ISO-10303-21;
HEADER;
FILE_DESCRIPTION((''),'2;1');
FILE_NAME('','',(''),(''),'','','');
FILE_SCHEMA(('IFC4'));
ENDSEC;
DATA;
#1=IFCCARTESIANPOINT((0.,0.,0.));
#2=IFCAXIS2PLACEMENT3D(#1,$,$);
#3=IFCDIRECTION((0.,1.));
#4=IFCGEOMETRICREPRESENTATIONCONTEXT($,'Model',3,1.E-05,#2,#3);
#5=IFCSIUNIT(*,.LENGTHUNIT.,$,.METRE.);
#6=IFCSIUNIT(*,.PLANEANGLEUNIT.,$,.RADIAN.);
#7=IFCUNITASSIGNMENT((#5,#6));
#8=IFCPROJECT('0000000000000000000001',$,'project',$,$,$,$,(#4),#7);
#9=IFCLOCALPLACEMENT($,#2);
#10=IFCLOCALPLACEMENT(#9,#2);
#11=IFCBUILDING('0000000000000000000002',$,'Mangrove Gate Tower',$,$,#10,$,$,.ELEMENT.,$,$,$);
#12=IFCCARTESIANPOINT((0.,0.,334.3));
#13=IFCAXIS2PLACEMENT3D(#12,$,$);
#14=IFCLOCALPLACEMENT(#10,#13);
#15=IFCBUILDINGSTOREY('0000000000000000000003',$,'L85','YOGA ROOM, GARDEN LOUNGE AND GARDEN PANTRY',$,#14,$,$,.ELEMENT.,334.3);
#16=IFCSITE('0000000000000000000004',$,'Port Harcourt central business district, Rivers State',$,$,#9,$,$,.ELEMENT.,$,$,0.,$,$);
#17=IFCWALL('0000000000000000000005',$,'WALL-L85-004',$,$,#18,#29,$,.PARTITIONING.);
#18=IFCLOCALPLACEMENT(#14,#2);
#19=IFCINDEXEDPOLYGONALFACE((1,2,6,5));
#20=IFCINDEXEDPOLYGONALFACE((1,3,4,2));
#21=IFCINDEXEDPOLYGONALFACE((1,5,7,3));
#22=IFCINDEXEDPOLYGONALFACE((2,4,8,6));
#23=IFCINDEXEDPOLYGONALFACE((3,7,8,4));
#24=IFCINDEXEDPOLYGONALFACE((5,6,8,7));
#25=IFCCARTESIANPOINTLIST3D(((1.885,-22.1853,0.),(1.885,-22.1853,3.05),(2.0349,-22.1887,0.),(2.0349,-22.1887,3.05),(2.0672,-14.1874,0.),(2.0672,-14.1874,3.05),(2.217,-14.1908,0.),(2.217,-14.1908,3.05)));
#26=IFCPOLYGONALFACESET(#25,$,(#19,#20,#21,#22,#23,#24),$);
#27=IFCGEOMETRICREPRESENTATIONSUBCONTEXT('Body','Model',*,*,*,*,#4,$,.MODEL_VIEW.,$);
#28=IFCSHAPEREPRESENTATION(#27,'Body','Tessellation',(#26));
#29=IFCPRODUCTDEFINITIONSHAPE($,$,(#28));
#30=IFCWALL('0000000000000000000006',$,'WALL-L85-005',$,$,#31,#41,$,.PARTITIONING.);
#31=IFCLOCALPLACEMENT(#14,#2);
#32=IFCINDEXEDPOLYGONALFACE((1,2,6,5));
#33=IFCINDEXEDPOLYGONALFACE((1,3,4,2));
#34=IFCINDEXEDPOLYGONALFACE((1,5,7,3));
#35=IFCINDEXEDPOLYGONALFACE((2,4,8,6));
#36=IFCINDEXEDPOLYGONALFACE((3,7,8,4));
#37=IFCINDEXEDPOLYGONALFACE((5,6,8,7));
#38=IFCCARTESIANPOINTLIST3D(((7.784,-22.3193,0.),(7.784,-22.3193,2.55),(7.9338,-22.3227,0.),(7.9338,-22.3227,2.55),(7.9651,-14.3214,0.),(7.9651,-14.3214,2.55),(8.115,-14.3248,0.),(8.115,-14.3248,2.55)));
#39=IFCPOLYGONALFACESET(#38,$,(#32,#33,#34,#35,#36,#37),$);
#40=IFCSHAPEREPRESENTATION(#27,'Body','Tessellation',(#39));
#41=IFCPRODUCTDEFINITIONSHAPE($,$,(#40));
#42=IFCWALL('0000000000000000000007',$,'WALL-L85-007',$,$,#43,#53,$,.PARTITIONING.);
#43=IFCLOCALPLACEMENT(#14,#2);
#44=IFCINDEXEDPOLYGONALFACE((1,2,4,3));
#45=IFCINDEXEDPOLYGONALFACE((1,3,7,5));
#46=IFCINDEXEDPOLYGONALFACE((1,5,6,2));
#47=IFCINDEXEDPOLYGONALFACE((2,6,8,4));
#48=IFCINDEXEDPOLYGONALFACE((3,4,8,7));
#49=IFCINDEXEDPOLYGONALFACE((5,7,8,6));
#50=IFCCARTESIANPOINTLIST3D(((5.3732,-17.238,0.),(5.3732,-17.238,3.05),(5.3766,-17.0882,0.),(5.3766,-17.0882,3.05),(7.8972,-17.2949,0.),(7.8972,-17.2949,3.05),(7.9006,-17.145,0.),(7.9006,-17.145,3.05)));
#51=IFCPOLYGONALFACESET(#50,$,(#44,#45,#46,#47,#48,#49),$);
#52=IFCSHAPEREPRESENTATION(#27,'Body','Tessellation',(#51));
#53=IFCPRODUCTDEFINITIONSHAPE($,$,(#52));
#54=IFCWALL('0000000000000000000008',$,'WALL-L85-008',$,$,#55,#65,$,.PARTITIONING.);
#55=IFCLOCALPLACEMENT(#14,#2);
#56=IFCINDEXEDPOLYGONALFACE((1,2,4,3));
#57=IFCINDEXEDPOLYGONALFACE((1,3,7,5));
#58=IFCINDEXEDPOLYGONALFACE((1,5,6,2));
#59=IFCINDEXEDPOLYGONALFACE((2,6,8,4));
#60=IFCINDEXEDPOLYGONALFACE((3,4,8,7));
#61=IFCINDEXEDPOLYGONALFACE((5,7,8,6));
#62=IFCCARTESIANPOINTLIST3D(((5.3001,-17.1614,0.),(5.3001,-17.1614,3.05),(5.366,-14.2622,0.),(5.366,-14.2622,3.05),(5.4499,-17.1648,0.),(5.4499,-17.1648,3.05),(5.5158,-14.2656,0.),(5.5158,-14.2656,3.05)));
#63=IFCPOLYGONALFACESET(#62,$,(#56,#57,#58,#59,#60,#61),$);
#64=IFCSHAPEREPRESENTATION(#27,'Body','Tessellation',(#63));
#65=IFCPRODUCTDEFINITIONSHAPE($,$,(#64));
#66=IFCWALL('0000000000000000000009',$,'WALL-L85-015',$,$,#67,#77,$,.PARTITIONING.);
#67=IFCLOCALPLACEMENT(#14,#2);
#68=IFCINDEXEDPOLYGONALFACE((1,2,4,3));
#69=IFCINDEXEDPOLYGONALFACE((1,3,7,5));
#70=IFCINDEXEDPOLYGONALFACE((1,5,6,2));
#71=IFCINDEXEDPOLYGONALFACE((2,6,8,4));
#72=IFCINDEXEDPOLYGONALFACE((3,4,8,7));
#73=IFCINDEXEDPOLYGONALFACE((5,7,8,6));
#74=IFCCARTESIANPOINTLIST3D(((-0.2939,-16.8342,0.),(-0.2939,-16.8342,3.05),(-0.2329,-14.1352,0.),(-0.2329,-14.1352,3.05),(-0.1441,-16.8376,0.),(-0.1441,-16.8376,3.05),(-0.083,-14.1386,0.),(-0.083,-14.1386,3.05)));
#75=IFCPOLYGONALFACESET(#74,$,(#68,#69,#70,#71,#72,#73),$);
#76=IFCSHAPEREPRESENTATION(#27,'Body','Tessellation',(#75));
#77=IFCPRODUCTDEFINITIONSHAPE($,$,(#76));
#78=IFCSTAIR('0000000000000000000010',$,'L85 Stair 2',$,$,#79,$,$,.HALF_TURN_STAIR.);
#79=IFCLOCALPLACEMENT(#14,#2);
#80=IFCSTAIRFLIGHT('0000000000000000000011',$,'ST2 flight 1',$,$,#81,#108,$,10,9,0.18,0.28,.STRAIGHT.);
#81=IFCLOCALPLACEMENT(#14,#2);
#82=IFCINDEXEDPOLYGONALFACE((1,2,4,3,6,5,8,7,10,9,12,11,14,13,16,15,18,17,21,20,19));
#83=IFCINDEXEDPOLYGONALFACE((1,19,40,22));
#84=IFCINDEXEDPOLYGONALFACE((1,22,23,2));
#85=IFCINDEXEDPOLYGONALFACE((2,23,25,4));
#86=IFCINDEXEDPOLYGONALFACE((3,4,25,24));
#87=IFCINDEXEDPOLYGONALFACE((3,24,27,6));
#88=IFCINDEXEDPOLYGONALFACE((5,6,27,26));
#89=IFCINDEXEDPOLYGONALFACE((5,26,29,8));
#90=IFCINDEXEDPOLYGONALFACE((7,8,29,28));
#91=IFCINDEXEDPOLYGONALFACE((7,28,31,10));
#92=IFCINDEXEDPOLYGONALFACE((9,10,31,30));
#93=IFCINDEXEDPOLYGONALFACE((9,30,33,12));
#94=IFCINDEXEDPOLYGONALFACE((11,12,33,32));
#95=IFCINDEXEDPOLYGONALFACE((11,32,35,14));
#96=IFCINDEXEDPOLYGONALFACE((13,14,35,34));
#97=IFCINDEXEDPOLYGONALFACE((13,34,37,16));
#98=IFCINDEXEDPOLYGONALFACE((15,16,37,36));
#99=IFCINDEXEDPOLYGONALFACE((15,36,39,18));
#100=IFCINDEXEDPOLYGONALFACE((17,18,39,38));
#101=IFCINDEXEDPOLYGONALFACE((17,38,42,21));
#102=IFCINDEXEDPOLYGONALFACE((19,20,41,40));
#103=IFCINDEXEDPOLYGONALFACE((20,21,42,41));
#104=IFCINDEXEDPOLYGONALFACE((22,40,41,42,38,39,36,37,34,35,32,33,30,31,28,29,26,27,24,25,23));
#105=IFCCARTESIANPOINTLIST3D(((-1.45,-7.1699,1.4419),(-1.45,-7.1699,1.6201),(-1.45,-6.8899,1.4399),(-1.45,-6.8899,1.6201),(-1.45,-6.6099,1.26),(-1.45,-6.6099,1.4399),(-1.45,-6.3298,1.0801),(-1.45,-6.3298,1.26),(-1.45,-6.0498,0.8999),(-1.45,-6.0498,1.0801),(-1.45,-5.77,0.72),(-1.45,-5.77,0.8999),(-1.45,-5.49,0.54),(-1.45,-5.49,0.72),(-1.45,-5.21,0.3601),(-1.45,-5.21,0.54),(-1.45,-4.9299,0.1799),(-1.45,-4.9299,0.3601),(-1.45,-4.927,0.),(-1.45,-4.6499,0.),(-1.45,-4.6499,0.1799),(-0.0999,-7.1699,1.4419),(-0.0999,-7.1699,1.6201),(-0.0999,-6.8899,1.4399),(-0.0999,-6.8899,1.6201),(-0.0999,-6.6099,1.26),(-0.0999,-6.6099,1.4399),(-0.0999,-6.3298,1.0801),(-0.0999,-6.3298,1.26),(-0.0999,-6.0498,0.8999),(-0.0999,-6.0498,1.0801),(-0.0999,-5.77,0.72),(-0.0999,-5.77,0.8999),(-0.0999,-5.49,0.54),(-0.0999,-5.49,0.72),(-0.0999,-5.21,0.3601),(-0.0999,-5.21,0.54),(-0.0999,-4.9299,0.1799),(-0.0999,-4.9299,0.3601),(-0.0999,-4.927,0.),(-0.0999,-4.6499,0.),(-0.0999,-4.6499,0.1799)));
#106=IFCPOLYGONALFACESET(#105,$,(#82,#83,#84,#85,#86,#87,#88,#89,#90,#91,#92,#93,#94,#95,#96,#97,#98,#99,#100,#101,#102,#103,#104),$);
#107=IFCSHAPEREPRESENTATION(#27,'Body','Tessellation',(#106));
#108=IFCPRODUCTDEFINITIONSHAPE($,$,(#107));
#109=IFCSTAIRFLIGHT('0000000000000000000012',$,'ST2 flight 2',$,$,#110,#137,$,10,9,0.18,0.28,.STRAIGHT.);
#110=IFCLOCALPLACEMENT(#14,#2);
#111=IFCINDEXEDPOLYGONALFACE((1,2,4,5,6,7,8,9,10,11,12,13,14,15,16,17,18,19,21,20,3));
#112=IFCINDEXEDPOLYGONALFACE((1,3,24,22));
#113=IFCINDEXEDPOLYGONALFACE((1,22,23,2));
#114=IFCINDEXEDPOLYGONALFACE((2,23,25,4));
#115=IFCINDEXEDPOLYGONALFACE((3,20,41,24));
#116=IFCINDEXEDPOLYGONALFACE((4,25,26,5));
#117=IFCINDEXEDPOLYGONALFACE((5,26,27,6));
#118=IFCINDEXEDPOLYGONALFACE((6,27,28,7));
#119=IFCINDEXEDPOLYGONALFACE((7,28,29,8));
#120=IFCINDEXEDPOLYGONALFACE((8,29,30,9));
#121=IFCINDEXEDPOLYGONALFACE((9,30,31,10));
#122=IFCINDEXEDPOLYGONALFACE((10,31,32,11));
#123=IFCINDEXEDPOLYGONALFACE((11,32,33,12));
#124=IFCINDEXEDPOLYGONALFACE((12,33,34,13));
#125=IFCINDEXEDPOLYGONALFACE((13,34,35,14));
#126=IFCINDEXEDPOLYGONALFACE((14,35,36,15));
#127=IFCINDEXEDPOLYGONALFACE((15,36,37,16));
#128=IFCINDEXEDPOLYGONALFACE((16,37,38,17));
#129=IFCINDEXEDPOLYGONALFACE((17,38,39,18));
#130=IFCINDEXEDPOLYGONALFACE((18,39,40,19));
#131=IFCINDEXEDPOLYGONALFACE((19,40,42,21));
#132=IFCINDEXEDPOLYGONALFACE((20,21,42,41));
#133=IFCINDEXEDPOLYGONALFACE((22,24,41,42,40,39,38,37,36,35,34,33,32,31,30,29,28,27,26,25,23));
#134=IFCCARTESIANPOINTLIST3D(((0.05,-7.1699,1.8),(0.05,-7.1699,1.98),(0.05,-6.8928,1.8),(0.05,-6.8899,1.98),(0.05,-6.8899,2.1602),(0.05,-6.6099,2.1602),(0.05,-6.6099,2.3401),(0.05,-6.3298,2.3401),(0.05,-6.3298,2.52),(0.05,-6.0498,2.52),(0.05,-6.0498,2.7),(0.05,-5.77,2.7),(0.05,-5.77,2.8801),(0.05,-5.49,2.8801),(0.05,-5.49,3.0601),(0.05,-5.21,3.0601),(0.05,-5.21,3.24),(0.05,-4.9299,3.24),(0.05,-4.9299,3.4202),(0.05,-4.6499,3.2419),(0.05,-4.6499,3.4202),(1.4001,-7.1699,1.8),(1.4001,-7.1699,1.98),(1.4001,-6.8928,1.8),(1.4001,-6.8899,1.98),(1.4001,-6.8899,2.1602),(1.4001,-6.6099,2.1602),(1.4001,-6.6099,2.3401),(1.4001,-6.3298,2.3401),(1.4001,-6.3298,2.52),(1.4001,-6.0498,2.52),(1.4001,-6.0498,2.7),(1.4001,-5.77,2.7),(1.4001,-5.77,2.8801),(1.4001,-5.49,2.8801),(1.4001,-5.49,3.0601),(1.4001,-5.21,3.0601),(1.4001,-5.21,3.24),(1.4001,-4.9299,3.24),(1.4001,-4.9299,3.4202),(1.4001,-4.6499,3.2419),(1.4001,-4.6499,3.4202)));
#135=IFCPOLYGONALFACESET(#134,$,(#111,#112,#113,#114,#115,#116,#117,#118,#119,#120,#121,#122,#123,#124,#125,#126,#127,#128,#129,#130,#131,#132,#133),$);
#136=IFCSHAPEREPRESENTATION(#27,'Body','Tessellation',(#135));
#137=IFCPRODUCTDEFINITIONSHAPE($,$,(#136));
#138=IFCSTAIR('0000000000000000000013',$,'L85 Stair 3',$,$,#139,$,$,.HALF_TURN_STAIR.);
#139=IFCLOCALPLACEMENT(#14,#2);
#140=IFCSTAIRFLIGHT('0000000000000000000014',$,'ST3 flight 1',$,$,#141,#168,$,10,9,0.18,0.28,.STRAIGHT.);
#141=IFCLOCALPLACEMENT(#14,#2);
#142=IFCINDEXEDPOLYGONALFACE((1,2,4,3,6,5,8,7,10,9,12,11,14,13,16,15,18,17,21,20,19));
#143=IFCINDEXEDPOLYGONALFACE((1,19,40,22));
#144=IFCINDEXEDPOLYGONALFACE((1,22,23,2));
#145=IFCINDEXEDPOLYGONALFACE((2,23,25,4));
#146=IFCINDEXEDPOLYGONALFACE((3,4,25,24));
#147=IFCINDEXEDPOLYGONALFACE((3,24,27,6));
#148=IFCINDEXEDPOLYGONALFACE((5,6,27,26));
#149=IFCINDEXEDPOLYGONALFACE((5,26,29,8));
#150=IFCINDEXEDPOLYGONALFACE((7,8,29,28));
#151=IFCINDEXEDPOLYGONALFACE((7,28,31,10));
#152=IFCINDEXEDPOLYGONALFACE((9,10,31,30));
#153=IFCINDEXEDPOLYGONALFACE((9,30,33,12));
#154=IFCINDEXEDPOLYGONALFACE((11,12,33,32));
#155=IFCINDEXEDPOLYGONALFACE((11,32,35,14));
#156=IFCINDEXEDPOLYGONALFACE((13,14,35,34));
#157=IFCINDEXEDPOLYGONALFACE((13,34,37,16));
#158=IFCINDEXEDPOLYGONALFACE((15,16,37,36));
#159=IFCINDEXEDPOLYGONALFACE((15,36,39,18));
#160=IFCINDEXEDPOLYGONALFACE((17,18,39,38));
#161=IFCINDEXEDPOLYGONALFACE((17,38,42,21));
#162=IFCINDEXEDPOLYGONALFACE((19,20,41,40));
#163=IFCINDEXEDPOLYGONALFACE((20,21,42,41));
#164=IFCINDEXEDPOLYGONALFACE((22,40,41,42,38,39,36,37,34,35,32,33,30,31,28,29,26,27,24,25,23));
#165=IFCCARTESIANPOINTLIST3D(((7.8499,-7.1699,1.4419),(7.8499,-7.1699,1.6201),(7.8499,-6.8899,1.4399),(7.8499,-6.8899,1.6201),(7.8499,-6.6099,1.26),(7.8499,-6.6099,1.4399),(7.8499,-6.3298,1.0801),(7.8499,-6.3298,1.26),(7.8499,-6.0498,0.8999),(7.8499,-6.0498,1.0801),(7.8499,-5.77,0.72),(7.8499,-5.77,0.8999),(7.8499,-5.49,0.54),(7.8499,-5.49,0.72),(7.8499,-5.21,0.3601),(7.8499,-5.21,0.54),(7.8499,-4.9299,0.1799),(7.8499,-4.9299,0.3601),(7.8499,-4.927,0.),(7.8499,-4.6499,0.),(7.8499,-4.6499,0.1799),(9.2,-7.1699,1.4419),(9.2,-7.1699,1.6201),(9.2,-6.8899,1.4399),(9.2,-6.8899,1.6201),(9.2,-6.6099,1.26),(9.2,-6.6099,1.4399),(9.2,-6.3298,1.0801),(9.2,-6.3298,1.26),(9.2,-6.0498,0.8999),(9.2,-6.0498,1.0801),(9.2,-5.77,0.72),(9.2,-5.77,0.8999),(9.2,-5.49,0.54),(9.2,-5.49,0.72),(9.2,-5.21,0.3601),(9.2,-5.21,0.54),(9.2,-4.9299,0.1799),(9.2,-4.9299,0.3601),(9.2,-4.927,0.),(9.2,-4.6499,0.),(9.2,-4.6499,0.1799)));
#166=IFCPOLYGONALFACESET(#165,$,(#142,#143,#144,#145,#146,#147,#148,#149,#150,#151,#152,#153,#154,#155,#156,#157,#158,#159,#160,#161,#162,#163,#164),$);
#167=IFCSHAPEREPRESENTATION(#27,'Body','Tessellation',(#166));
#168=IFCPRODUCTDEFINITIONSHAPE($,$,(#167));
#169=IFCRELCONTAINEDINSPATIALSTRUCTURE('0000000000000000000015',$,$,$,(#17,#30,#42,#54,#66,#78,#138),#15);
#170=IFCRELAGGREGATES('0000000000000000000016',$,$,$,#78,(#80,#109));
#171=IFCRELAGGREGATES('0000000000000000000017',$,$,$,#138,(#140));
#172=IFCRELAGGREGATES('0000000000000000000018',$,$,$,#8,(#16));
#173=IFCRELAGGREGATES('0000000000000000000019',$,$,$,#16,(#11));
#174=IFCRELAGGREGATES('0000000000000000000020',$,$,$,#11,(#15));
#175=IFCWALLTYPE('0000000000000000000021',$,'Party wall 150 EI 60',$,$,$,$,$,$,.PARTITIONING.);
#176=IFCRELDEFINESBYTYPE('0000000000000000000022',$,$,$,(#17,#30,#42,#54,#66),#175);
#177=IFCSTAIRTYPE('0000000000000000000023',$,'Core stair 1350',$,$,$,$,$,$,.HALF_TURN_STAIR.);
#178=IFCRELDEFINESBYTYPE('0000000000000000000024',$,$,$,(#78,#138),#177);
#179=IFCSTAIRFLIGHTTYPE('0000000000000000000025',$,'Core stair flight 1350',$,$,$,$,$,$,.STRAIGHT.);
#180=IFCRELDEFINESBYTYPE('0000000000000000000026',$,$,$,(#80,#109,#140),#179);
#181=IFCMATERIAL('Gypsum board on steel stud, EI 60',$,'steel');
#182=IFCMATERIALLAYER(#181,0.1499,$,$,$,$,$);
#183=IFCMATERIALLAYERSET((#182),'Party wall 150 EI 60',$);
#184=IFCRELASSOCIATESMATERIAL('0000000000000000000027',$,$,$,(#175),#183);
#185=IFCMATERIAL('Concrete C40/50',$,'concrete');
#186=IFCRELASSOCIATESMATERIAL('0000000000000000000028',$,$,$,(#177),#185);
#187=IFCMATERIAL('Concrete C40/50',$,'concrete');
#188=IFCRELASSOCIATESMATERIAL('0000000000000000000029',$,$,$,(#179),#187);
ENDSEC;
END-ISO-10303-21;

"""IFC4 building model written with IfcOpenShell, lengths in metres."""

from ifc_helpers import new_model, si_unit, direction, frame, frame_2d, origin, place, context, subcontext, project, spatial, polyline, rectangle, outline, extrude, material, layer, layer_set, type_object, element, aggregate, save


model = new_model("IFC4")

# Units and contexts
model_context = context("Model", 3, precision=1e-05, world=origin(), true_north=direction((0.0, 1.0)))
body_context = subcontext(model_context, "Body", "Model", "MODEL_VIEW")
ifc_project = project(units=[si_unit("LENGTHUNIT", "METRE"), si_unit("PLANEANGLEUNIT", "RADIAN")], contexts=[model_context])

# Site, building, storey
site_placement = place(None, origin())
site = spatial("IfcSite", under=ifc_project, at=site_placement, Name="Port Harcourt central business district, Rivers State", CompositionType="ELEMENT", RefElevation=0.0)
building_placement = place(site_placement, origin())
building = spatial("IfcBuilding", under=site, at=building_placement, Name="Mangrove Gate Tower", CompositionType="ELEMENT")
storey_placement = place(building_placement, frame((0.0, 0.0, 334.3)))
storey = spatial("IfcBuildingStorey", under=building, at=storey_placement, Name="L85", Description="YOGA ROOM, GARDEN LOUNGE AND GARDEN PANTRY", CompositionType="ELEMENT", Elevation=334.3)

# Walls
ifc_material_1 = material(Name="Gypsum board on steel stud, EI 60", Category="steel")
ifc_layer_1 = layer(ifc_material_1, 0.1499)
ifc_layer_set_1 = layer_set([ifc_layer_1], Name="Party wall 150 EI 60")
wall_type_1 = type_object("IfcWallType", Name="Party wall 150 EI 60", PredefinedType="PARTITIONING", material=ifc_layer_set_1)
wall_1_placement = place(storey_placement, frame((1.96, -22.187, 0.0), z_axis=(0.0, 0.0, 1.0), x_axis=(0.022766, 0.999741, 0.0)))
element("IfcWall", 1, at=wall_1_placement, inside=storey, type_object=wall_type_1, Name="WALL-L85-004", PredefinedType="PARTITIONING", context=body_context, shape_type="SweptSolid", body=[
    extrude(rectangle(XDim=8.0, YDim=0.1499, at=frame_2d((4.0, 0.0))), origin(), (0.0, 0.0, 1.0), 3.05),
])
wall_2_placement = place(storey_placement, frame((7.8589, -22.321, 0.0), z_axis=(0.0, 0.0, 1.0), x_axis=(0.022644, 0.999744, 0.0)))
element("IfcWall", 2, at=wall_2_placement, inside=storey, type_object=wall_type_1, Name="WALL-L85-005", PredefinedType="PARTITIONING", context=body_context, shape_type="SweptSolid", body=[
    extrude(rectangle(XDim=8.0, YDim=0.1499, at=frame_2d((4.0, 0.0))), origin(), (0.0, 0.0, 1.0), 2.55),
])
wall_3_placement = place(storey_placement, frame((5.375, -17.1631, 0.0), z_axis=(0.0, 0.0, 1.0), x_axis=(0.999746, -0.022532, 0.0)))
element("IfcWall", 3, at=wall_3_placement, inside=storey, type_object=wall_type_1, Name="WALL-L85-007", PredefinedType="PARTITIONING", context=body_context, shape_type="SweptSolid", body=[
    extrude(rectangle(XDim=2.5247, YDim=0.1499, at=frame_2d((1.2622, 0.0))), origin(), (0.0, 0.0, 1.0), 3.05),
])
wall_4_placement = place(storey_placement, frame((5.375, -17.1631, 0.0), z_axis=(0.0, 0.0, 1.0), x_axis=(0.022731, 0.999742, 0.0)))
element("IfcWall", 4, at=wall_4_placement, inside=storey, type_object=wall_type_1, Name="WALL-L85-008", PredefinedType="PARTITIONING", context=body_context, shape_type="SweptSolid", body=[
    extrude(rectangle(XDim=2.8999, YDim=0.1499, at=frame_2d((1.45, 0.0))), origin(), (0.0, 0.0, 1.0), 3.05),
])
wall_5_placement = place(storey_placement, frame((-0.219, -16.8359, 0.0), z_axis=(0.0, 0.0, 1.0), x_axis=(0.022608, 0.999744, 0.0)))
element("IfcWall", 5, at=wall_5_placement, inside=storey, type_object=wall_type_1, Name="WALL-L85-015", PredefinedType="PARTITIONING", context=body_context, shape_type="SweptSolid", body=[
    extrude(rectangle(XDim=2.6997, YDim=0.1499, at=frame_2d((1.3499, 0.0))), origin(), (0.0, 0.0, 1.0), 3.05),
])

# Stairs, stair flights
ifc_material_2 = material(Name="Concrete C40/50", Category="concrete")
stair_type = type_object("IfcStairType", Name="Core stair 1350", PredefinedType="HALF_TURN_STAIR", material=ifc_material_2)
stair_1_placement = place(storey_placement, origin())
stair_1 = element("IfcStair", 6, at=stair_1_placement, inside=storey, type_object=stair_type, Name="L85 Stair 2", PredefinedType="HALF_TURN_STAIR")
ifc_material_3 = material(Name="Concrete C40/50", Category="concrete")
stair_flight_type = type_object("IfcStairFlightType", Name="Core stair flight 1350", PredefinedType="STRAIGHT", material=ifc_material_3)
stair_flight_1_placement = place(storey_placement, frame((-0.7749, -4.6499, 0.0), z_axis=(0.0, 0.0, 1.0), x_axis=(0.0, -1.0, 0.0)))
stair_flight_1 = element("IfcStairFlight", 7, at=stair_flight_1_placement, type_object=stair_flight_type, Name="ST2 flight 1", NumberOfRisers=10, NumberOfTreads=9, PredefinedType="STRAIGHT", RiserHeight=0.18, TreadLength=0.28, context=body_context, shape_type="SweptSolid", body=[
    extrude(outline(polyline([(0.0, 0.0), (0.0, 0.1799), (0.28, 0.1799), (0.28, 0.3601), (0.5601, 0.3601), (0.5601, 0.54), (0.8401, 0.54), (0.8401, 0.72), (1.1201, 0.72), (1.1201, 0.8999), (1.3999, 0.8999), (1.3999, 1.0801), (1.6799, 1.0801), (1.6799, 1.26), (1.96, 1.26), (1.96, 1.4399), (2.24, 1.4399), (2.24, 1.6201), (2.52, 1.6201), (2.52, 1.8), (2.52, 1.4419), (0.2771, 0.0), (0.0, 0.0)])), frame((0.0, 0.675, 0.0), z_axis=(0.0, -1.0, 0.0), x_axis=(1.0, 0.0, 0.0)), (0.0, 0.0, 1.0), 1.3501),
])
stair_flight_2_placement = place(storey_placement, frame((0.7251, -7.1699, 1.8), z_axis=(0.0, 0.0, 1.0), x_axis=(0.0, 1.0, 0.0)))
stair_flight_2 = element("IfcStairFlight", 8, at=stair_flight_2_placement, type_object=stair_flight_type, Name="ST2 flight 2", NumberOfRisers=10, NumberOfTreads=9, PredefinedType="STRAIGHT", RiserHeight=0.18, TreadLength=0.28, context=body_context, shape_type="SweptSolid", body=[
    extrude(outline(polyline([(0.0, 0.0), (0.0, 0.1799), (0.28, 0.1799), (0.28, 0.3601), (0.5601, 0.3601), (0.5601, 0.54), (0.8401, 0.54), (0.8401, 0.72), (1.1201, 0.72), (1.1201, 0.8999), (1.3999, 0.8999), (1.3999, 1.0801), (1.6799, 1.0801), (1.6799, 1.26), (1.96, 1.26), (1.96, 1.4399), (2.24, 1.4399), (2.24, 1.6201), (2.52, 1.6201), (2.52, 1.8), (2.52, 1.4419), (0.2771, 0.0), (0.0, 0.0)])), frame((0.0, 0.675, 0.0), z_axis=(0.0, -1.0, 0.0), x_axis=(1.0, 0.0, 0.0)), (0.0, 0.0, 1.0), 1.3501),
])
aggregate(stair_1, [stair_flight_1, stair_flight_2])
stair_2_placement = place(storey_placement, origin())
stair_2 = element("IfcStair", 9, at=stair_2_placement, inside=storey, type_object=stair_type, Name="L85 Stair 3", PredefinedType="HALF_TURN_STAIR")
stair_flight_3_placement = place(storey_placement, frame((8.5249, -4.6499, 0.0), z_axis=(0.0, 0.0, 1.0), x_axis=(0.0, -1.0, 0.0)))
stair_flight_3 = element("IfcStairFlight", 10, at=stair_flight_3_placement, type_object=stair_flight_type, Name="ST3 flight 1", NumberOfRisers=10, NumberOfTreads=9, PredefinedType="STRAIGHT", RiserHeight=0.18, TreadLength=0.28, context=body_context, shape_type="SweptSolid", body=[
    extrude(outline(polyline([(0.0, 0.0), (0.0, 0.1799), (0.28, 0.1799), (0.28, 0.3601), (0.5601, 0.3601), (0.5601, 0.54), (0.8401, 0.54), (0.8401, 0.72), (1.1201, 0.72), (1.1201, 0.8999), (1.3999, 0.8999), (1.3999, 1.0801), (1.6799, 1.0801), (1.6799, 1.26), (1.96, 1.26), (1.96, 1.4399), (2.24, 1.4399), (2.24, 1.6201), (2.52, 1.6201), (2.52, 1.8), (2.52, 1.4419), (0.2771, 0.0), (0.0, 0.0)])), frame((0.0, 0.675, 0.0), z_axis=(0.0, -1.0, 0.0), x_axis=(1.0, 0.0, 0.0)), (0.0, 0.0, 1.0), 1.3501),
])
aggregate(stair_2, [stair_flight_3])

save(model, "model.ifc")
